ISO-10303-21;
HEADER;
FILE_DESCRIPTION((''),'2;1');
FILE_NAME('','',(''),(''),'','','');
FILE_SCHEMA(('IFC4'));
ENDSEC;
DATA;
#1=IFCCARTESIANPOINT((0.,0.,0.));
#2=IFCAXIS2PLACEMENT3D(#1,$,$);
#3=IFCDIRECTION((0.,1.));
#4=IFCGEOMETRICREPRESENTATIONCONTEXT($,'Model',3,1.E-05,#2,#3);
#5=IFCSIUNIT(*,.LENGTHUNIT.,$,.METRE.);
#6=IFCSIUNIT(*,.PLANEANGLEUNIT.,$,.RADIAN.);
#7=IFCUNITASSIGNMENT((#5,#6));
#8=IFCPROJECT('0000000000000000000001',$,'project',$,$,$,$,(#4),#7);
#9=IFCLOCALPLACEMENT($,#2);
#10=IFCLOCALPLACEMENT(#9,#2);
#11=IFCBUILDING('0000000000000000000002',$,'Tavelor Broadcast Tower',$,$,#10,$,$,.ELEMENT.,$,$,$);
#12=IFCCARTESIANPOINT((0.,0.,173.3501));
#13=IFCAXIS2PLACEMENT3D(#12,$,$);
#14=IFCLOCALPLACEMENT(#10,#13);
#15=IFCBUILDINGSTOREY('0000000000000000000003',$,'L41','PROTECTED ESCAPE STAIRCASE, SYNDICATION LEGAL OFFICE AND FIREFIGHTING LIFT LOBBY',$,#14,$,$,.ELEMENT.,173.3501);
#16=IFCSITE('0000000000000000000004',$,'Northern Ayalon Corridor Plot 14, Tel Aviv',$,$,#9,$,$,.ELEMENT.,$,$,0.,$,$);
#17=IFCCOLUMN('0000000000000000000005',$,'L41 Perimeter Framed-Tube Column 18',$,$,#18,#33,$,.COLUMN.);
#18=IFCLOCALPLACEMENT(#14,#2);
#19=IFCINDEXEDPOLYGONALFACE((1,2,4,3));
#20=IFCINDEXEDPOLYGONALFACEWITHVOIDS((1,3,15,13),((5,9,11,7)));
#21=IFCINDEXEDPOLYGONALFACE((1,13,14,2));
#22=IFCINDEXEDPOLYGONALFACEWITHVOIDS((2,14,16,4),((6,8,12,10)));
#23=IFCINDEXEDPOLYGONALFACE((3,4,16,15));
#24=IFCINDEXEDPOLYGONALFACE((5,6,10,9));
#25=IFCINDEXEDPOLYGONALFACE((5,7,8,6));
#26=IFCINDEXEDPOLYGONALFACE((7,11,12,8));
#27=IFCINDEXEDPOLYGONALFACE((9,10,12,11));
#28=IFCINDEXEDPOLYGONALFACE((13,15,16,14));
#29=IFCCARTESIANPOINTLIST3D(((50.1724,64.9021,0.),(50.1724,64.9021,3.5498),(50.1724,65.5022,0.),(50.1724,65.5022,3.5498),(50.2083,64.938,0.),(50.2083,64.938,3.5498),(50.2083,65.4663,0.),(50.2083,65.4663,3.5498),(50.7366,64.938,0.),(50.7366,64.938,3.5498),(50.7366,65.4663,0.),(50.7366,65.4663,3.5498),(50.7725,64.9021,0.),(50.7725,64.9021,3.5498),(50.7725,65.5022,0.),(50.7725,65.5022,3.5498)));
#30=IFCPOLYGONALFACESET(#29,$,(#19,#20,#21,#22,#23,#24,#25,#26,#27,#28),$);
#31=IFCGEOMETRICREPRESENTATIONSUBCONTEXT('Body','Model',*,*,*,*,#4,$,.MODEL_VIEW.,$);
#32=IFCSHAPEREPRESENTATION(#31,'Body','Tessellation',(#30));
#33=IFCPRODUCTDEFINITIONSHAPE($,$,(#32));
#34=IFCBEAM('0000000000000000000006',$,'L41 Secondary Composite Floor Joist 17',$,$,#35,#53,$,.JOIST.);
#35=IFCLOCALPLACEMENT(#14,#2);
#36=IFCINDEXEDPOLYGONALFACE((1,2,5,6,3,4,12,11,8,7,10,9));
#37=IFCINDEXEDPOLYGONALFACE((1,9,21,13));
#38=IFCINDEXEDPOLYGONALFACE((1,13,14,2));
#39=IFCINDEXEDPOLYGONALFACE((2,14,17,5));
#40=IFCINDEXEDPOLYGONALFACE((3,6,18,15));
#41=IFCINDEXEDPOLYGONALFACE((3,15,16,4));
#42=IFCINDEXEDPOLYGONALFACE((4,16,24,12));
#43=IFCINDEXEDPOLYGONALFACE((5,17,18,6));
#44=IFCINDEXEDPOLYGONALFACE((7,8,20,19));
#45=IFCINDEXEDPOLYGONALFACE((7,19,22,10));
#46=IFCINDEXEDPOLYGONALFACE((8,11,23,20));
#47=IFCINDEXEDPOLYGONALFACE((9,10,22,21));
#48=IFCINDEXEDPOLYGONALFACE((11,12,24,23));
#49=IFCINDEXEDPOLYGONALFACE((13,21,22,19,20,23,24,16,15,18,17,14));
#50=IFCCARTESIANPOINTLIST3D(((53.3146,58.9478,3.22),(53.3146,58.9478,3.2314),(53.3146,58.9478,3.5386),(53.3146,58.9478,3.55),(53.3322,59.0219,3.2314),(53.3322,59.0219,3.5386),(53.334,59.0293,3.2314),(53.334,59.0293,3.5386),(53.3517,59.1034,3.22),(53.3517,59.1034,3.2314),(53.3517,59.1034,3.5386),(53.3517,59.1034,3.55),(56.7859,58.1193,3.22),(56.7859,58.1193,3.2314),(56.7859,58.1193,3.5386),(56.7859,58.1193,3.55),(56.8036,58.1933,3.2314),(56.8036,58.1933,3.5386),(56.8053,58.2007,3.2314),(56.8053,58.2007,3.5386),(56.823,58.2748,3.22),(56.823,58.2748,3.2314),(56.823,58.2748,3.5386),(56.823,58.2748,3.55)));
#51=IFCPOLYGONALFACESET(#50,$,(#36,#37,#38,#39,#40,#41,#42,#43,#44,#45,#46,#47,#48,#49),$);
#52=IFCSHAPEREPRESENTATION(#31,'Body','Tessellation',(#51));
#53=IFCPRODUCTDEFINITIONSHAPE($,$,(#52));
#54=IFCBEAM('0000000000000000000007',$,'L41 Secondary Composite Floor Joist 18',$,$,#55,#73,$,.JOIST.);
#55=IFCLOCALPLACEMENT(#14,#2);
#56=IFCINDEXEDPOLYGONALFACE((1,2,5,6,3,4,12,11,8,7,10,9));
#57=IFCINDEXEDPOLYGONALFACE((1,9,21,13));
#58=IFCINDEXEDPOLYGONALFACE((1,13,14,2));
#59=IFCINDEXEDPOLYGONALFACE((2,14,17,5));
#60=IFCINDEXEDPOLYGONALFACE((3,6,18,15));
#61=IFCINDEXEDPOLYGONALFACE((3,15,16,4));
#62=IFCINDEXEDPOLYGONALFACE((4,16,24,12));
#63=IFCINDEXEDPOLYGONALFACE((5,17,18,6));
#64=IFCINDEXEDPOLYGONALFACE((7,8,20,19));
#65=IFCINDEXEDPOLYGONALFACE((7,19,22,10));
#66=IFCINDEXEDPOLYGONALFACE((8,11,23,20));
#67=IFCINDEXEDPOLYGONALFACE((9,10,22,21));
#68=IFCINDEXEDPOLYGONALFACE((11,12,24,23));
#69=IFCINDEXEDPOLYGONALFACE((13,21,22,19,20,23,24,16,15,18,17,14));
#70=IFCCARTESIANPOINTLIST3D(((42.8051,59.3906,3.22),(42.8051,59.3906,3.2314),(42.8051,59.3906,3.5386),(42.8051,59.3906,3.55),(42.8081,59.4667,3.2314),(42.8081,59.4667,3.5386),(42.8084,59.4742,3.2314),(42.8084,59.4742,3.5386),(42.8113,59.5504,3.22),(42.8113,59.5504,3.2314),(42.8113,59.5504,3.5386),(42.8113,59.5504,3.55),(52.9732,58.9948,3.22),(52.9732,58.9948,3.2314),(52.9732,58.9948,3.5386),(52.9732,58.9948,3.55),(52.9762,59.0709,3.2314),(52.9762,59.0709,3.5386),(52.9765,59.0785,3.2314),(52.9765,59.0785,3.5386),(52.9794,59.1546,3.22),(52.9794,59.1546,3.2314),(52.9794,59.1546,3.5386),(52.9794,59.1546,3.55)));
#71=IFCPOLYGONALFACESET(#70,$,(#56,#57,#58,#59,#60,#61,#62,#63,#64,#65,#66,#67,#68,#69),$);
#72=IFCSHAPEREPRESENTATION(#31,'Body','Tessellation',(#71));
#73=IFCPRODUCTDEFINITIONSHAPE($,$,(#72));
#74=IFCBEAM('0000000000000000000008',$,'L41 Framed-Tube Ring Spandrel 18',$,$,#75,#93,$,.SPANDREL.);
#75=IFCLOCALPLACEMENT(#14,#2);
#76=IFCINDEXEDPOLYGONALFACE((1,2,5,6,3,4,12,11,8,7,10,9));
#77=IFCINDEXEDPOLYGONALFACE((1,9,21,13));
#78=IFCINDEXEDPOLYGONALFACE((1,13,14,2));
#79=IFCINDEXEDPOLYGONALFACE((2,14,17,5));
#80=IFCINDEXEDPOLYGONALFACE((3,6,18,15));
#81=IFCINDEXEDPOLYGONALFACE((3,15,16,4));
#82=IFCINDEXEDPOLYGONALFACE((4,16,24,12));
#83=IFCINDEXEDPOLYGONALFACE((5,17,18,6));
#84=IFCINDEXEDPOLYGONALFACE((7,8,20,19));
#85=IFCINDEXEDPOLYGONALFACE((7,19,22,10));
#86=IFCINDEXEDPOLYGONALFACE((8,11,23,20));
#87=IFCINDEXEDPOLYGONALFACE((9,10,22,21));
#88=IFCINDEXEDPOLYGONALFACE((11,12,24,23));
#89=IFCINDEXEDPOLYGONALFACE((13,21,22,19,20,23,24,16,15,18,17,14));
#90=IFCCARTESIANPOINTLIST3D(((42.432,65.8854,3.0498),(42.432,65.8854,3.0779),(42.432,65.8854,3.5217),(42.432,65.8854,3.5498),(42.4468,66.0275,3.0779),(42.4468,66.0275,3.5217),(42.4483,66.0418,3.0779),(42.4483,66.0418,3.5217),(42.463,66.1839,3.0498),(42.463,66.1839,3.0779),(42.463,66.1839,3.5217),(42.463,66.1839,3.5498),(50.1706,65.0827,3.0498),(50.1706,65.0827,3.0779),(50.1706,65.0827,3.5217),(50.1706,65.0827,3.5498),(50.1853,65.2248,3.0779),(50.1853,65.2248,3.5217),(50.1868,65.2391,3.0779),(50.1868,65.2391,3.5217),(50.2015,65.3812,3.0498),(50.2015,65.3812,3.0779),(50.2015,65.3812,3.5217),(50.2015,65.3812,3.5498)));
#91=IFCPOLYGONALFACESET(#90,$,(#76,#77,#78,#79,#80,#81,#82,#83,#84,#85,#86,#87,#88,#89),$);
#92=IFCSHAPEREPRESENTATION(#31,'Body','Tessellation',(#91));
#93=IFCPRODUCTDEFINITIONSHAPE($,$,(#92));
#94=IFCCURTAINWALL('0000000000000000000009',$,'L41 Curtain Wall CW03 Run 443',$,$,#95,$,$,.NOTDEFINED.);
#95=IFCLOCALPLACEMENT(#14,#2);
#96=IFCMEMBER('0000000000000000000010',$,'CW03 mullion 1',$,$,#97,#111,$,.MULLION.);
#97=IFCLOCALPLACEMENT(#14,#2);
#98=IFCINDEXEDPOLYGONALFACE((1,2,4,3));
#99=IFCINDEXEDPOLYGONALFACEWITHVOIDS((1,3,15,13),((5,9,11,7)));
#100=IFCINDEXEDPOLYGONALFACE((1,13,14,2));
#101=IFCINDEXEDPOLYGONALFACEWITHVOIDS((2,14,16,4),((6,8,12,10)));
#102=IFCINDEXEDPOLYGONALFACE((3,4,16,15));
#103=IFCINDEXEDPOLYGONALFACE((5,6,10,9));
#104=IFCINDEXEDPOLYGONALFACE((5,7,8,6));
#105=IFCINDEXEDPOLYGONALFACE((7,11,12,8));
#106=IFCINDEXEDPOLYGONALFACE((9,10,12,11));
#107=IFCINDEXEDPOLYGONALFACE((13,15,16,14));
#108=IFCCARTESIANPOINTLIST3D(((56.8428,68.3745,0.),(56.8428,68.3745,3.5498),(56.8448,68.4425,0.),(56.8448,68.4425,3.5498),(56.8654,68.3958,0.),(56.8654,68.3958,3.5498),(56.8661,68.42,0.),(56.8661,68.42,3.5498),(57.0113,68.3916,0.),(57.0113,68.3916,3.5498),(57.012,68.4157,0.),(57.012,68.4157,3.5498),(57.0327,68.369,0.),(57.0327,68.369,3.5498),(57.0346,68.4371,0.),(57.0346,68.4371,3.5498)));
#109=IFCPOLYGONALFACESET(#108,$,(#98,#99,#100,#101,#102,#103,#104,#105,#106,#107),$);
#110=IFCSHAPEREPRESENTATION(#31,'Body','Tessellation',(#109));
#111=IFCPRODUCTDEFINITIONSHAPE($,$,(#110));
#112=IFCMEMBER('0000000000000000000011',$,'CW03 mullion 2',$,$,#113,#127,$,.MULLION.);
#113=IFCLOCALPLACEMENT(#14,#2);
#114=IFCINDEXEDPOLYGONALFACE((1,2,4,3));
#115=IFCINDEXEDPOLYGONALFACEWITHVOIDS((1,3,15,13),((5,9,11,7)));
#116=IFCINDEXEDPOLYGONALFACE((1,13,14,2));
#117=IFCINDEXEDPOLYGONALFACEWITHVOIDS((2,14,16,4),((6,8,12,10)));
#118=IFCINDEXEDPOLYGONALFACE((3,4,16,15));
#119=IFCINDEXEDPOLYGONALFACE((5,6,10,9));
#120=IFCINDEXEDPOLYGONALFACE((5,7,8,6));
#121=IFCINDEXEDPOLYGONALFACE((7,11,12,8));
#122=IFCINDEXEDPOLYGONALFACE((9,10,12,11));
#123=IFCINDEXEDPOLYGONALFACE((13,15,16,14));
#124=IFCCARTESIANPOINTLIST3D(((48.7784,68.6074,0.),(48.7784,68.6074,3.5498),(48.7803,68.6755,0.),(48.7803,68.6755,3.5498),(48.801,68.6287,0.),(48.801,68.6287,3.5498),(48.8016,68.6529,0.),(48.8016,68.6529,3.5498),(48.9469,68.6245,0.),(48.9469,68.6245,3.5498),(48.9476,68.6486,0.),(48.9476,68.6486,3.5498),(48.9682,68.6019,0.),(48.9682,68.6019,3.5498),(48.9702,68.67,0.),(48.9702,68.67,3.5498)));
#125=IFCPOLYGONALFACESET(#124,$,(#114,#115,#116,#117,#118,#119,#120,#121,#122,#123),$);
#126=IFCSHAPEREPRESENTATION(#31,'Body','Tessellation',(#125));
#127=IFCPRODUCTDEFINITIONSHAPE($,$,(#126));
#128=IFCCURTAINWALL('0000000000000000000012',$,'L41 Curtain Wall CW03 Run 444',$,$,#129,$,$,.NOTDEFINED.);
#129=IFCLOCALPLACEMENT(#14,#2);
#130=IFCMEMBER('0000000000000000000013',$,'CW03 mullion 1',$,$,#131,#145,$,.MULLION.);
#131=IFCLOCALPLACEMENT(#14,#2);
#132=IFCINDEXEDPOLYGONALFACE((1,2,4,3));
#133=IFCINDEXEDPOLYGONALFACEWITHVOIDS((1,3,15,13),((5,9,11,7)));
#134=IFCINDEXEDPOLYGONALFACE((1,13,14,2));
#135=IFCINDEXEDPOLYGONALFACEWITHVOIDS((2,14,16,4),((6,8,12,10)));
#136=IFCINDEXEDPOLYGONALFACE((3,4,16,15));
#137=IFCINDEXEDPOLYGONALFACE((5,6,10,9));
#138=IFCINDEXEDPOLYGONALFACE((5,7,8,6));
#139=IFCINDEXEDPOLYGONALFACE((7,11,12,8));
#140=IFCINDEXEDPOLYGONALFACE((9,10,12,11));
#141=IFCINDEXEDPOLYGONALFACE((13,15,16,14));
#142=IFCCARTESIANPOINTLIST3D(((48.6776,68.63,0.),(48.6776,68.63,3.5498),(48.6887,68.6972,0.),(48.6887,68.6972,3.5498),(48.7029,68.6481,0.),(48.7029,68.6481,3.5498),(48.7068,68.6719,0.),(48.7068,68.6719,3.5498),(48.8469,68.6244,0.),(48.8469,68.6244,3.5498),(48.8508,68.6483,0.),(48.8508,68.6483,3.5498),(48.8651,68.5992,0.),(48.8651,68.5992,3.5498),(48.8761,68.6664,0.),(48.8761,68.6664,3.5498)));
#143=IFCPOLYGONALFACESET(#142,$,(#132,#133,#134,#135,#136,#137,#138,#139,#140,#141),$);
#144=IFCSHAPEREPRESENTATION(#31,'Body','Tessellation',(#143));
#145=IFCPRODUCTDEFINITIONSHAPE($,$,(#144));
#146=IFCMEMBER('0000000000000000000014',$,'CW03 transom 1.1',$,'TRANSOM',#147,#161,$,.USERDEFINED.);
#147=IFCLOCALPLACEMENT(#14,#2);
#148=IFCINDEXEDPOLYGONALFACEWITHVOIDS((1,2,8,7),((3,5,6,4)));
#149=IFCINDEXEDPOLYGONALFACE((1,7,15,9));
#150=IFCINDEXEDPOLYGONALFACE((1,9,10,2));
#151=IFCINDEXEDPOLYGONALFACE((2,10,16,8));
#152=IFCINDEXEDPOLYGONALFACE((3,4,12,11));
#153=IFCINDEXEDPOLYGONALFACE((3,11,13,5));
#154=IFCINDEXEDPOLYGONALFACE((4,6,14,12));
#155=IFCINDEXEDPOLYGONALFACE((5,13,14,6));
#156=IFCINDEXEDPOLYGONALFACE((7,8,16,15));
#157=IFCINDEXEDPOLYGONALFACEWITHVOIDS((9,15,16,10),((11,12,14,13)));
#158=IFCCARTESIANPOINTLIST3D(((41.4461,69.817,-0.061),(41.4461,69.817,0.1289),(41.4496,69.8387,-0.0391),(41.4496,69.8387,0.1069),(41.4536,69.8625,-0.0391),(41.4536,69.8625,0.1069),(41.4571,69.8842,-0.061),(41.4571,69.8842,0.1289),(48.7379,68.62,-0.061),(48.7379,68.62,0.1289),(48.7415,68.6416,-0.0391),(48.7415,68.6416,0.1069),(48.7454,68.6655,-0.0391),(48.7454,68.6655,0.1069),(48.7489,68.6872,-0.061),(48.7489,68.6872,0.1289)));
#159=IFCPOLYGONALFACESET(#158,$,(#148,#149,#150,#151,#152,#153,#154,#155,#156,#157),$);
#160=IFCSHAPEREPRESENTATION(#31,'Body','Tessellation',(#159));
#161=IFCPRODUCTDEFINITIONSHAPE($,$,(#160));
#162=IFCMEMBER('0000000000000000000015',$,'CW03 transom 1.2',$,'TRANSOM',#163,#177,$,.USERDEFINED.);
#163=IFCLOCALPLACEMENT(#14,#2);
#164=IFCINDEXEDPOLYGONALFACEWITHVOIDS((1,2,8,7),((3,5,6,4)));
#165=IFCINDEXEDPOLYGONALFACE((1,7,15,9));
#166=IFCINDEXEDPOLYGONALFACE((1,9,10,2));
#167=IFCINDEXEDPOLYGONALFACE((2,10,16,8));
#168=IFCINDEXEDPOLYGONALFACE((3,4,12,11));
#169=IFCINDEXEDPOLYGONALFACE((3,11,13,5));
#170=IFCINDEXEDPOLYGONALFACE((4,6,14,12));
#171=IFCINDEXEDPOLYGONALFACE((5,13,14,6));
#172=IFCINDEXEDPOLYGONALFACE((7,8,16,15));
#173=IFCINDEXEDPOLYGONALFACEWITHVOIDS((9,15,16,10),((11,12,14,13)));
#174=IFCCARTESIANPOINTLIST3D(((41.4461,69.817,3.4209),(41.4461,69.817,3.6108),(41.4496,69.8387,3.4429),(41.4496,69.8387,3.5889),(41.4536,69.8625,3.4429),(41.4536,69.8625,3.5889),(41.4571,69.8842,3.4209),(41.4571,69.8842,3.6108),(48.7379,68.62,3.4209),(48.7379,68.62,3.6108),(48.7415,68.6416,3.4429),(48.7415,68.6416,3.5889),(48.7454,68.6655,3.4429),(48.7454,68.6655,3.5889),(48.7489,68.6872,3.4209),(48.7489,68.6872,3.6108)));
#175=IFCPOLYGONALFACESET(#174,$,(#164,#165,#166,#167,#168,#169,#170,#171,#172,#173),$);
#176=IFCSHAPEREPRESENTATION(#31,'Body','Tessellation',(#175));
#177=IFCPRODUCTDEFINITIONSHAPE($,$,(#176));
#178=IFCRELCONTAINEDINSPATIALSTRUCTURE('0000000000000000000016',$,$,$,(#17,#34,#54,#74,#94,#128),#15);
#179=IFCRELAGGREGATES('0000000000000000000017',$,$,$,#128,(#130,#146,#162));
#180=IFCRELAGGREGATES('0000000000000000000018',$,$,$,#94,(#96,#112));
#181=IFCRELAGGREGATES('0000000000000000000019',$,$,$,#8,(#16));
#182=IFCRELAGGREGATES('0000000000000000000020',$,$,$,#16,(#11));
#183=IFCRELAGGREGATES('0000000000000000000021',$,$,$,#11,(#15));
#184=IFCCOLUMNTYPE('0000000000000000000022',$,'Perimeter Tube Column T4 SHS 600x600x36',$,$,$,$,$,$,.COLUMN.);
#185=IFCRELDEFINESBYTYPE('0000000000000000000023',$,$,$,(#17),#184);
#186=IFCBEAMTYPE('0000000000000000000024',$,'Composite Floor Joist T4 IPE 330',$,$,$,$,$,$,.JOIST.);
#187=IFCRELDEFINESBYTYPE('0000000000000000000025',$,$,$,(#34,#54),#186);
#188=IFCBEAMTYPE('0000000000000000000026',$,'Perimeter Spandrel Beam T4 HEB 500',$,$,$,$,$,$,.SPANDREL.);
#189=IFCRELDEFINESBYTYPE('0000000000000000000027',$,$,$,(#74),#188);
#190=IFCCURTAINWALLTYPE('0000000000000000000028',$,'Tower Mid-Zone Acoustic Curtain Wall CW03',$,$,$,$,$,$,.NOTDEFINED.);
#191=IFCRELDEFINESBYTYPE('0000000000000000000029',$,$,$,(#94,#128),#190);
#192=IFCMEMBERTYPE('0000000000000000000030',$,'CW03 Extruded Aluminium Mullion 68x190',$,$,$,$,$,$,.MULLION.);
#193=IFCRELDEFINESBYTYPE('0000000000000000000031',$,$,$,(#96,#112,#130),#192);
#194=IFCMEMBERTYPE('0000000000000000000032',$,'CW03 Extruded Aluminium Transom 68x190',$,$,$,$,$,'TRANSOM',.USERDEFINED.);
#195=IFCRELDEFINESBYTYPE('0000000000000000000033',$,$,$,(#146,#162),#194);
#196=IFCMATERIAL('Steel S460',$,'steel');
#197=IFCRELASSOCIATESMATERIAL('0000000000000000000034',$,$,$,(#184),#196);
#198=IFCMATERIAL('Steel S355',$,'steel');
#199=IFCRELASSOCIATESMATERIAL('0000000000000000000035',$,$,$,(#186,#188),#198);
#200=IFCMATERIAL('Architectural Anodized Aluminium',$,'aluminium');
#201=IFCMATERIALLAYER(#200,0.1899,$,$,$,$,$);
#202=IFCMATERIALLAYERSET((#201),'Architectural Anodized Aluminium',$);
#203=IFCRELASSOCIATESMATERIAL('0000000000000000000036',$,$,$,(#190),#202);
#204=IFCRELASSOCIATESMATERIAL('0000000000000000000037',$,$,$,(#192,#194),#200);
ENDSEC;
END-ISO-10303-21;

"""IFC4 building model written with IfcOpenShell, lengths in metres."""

from ifc_helpers import new_model, si_unit, direction, frame, origin, origin_2d, place, context, subcontext, project, spatial, hollow_rectangle, i_section, extrude, source, transform, mapped, material, layer, layer_set, material_profile, profile_set, type_object, type_shapes, element, aggregate, save


model = new_model("IFC4")

# Units and contexts
model_context = context("Model", 3, precision=1e-05, world=origin(), true_north=direction((0.0, 1.0)))
body_context = subcontext(model_context, "Body", "Model", "MODEL_VIEW")
ifc_project = project(units=[si_unit("LENGTHUNIT", "METRE"), si_unit("PLANEANGLEUNIT", "RADIAN")], contexts=[model_context])

# Site, building, storey
site_placement = place(None, origin())
site = spatial("IfcSite", under=ifc_project, at=site_placement, Name="Northern Ayalon Corridor Plot 14, Tel Aviv", CompositionType="ELEMENT", RefElevation=0.0)
building_placement = place(site_placement, origin())
building = spatial("IfcBuilding", under=site, at=building_placement, Name="Tavelor Broadcast Tower", CompositionType="ELEMENT")
storey_placement = place(building_placement, frame((0.0, 0.0, 173.3501)))
storey = spatial("IfcBuildingStorey", under=building, at=storey_placement, Name="L41", Description="PROTECTED ESCAPE STAIRCASE, SYNDICATION LEGAL OFFICE AND FIREFIGHTING LIFT LOBBY", CompositionType="ELEMENT", Elevation=173.3501)

# Column
ifc_material_1 = material(Name="Steel S460", Category="steel")
ifc_material_profile_1 = material_profile(ifc_material_1, hollow_rectangle(XDim=0.6001, YDim=0.6001, WallThickness=0.0359, at=origin_2d()), Name="SHS 600x600x36")
ifc_profile_set_1 = profile_set([ifc_material_profile_1], Name="Steel S460")
column_type = type_object("IfcColumnType", Name="Perimeter Tube Column T4 SHS 600x600x36", PredefinedType="COLUMN", material=ifc_profile_set_1)
column_placement = place(storey_placement, frame((50.4724, 65.2021, 0.0), z_axis=(0.0, 0.0, 1.0), x_axis=(1.0, 0.0, 0.0)))
element("IfcColumn", 1, at=column_placement, inside=storey, type_object=column_type, Name="L41 Perimeter Framed-Tube Column 18", PredefinedType="COLUMN", context=body_context, shape_type="SweptSolid", body=[
    extrude(hollow_rectangle(XDim=0.6001, YDim=0.6001, WallThickness=0.0359, at=origin_2d()), origin(), (0.0, 0.0, 1.0), 3.5498),
])

# Beams
ifc_material_2 = material(Name="Steel S355", Category="steel")
ifc_material_profile_2 = material_profile(ifc_material_2, i_section(OverallWidth=0.1599, OverallDepth=0.3301, WebThickness=0.0076, FlangeThickness=0.0115, at=origin_2d()), Name="IPE 330")
ifc_profile_set_2 = profile_set([ifc_material_profile_2], Name="Steel S355")
beam_type_1 = type_object("IfcBeamType", Name="Composite Floor Joist T4 IPE 330", PredefinedType="JOIST", material=ifc_profile_set_2)
beam_1_placement = place(storey_placement, frame((56.8044, 58.197, 3.385), z_axis=(-0.972675, 0.232172, 0.0), x_axis=(-0.232172, -0.972675, 0.0)))
element("IfcBeam", 2, at=beam_1_placement, inside=storey, type_object=beam_type_1, Name="L41 Secondary Composite Floor Joist 17", PredefinedType="JOIST", context=body_context, shape_type="SweptSolid", body=[
    extrude(i_section(OverallWidth=0.1599, OverallDepth=0.3301, WebThickness=0.0076, FlangeThickness=0.0115, at=origin_2d()), origin(), (0.0, 0.0, 1.0), 3.5688),
])
beam_2_placement = place(storey_placement, frame((52.9763, 59.0747, 3.385), z_axis=(-0.999243, 0.038892, 0.0), x_axis=(-0.038892, -0.999243, 0.0)))
element("IfcBeam", 3, at=beam_2_placement, inside=storey, type_object=beam_type_1, Name="L41 Secondary Composite Floor Joist 18", PredefinedType="JOIST", context=body_context, shape_type="SweptSolid", body=[
    extrude(i_section(OverallWidth=0.1599, OverallDepth=0.3301, WebThickness=0.0076, FlangeThickness=0.0115, at=origin_2d()), origin(), (0.0, 0.0, 1.0), 10.1758),
])
ifc_material_profile_3 = material_profile(ifc_material_2, i_section(OverallWidth=0.3, OverallDepth=0.5, WebThickness=0.0144, FlangeThickness=0.0281, at=origin_2d()), Name="HEB 500")
ifc_profile_set_3 = profile_set([ifc_material_profile_3], Name="Steel S355")
beam_type_2 = type_object("IfcBeamType", Name="Perimeter Spandrel Beam T4 HEB 500", PredefinedType="SPANDREL", material=ifc_profile_set_3)
beam_3_placement = place(storey_placement, frame((50.186, 65.2319, 3.2998), z_axis=(-0.994663, 0.103179, 0.0), x_axis=(-0.103179, -0.994663, 0.0)))
element("IfcBeam", 4, at=beam_3_placement, inside=storey, type_object=beam_type_2, Name="L41 Framed-Tube Ring Spandrel 18", PredefinedType="SPANDREL", context=body_context, shape_type="SweptSolid", body=[
    extrude(i_section(OverallWidth=0.3, OverallDepth=0.5, WebThickness=0.0144, FlangeThickness=0.0281, at=origin_2d()), origin(), (0.0, 0.0, 1.0), 7.78),
])

# Curtain walls, members
ifc_material_3 = material(Name="Architectural Anodized Aluminium", Category="aluminium")
ifc_layer_1 = layer(ifc_material_3, 0.1899)
ifc_layer_set_1 = layer_set([ifc_layer_1], Name="Architectural Anodized Aluminium")
curtain_wall_type = type_object("IfcCurtainWallType", Name="Tower Mid-Zone Acoustic Curtain Wall CW03", PredefinedType="NOTDEFINED", material=ifc_layer_set_1)
curtain_wall_1_placement = place(storey_placement, origin())
curtain_wall_1 = element("IfcCurtainWall", 5, at=curtain_wall_1_placement, inside=storey, type_object=curtain_wall_type, Name="L41 Curtain Wall CW03 Run 443", PredefinedType="NOTDEFINED")
ifc_material_profile_4 = material_profile(ifc_material_3, hollow_rectangle(XDim=0.0681, YDim=0.1899, WallThickness=0.022, at=origin_2d()), Name="RHS 68x190x22")
ifc_profile_set_4 = profile_set([ifc_material_profile_4], Name="Architectural Anodized Aluminium")
member_type_1 = type_object("IfcMemberType", Name="CW03 Extruded Aluminium Mullion 68x190", PredefinedType="MULLION", material=ifc_profile_set_4)
shared_shape_1 = source(origin(), body_context, "Body", "SweptSolid", [
    extrude(hollow_rectangle(XDim=0.0681, YDim=0.1899, WallThickness=0.022, at=origin_2d()), origin(), (0.0, 0.0, 1.0), 3.5498),
])
type_shapes(member_type_1, [shared_shape_1])
member_1_placement = place(storey_placement, frame((56.9387, 68.4058, 0.0), z_axis=(0.0, 0.0, 1.0), x_axis=(-0.028884, -0.999583, 0.0)))
member_1 = element("IfcMember", 6, at=member_1_placement, type_object=member_type_1, Name="CW03 mullion 1", PredefinedType="MULLION", context=body_context, shape_type="MappedRepresentation", body=[
    mapped(shared_shape_1, transform((0.0, 0.0, 0.0), scale=1.0)),
])
member_2_placement = place(storey_placement, frame((48.8743, 68.6387, 0.0), z_axis=(0.0, 0.0, 1.0), x_axis=(-0.028884, -0.999583, 0.0)))
member_2 = element("IfcMember", 7, at=member_2_placement, type_object=member_type_1, Name="CW03 mullion 2", PredefinedType="MULLION", context=body_context, shape_type="MappedRepresentation", body=[
    mapped(shared_shape_1, transform((0.0, 0.0, 0.0), scale=1.0)),
])
curtain_wall_2_placement = place(storey_placement, origin())
curtain_wall_2 = element("IfcCurtainWall", 8, at=curtain_wall_2_placement, inside=storey, type_object=curtain_wall_type, Name="L41 Curtain Wall CW03 Run 444", PredefinedType="NOTDEFINED")
member_3_placement = place(storey_placement, frame((48.7769, 68.6482, 0.0), z_axis=(0.0, 0.0, 1.0), x_axis=(-0.162002, -0.98679, 0.0)))
member_3 = element("IfcMember", 9, at=member_3_placement, type_object=member_type_1, Name="CW03 mullion 1", PredefinedType="MULLION", context=body_context, shape_type="MappedRepresentation", body=[
    mapped(shared_shape_1, transform((0.0, 0.0, 0.0), scale=1.0)),
])
ifc_material_profile_5 = material_profile(ifc_material_3, hollow_rectangle(XDim=0.0681, YDim=0.1899, WallThickness=0.022, at=origin_2d()), Name="RHS 68x190x22")
ifc_profile_set_5 = profile_set([ifc_material_profile_5], Name="Architectural Anodized Aluminium")
member_type_2 = type_object("IfcMemberType", Name="CW03 Extruded Aluminium Transom 68x190", ElementType="TRANSOM", PredefinedType="USERDEFINED", material=ifc_profile_set_5)
shared_shape_2 = source(origin(), body_context, "Body", "SweptSolid", [
    extrude(hollow_rectangle(XDim=0.0681, YDim=0.1899, WallThickness=0.022, at=origin_2d()), origin(), (0.0, 0.0, 1.0), 7.3894),
])
member_4_placement = place(storey_placement, frame((48.7434, 68.6536, 0.0339), z_axis=(-0.986792, 0.161993, 0.0), x_axis=(-0.161993, -0.986792, 0.0)))
member_4 = element("IfcMember", 10, at=member_4_placement, type_object=member_type_2, Name="CW03 transom 1.1", ObjectType="TRANSOM", PredefinedType="USERDEFINED", context=body_context, shape_type="MappedRepresentation", body=[
    mapped(shared_shape_2, transform((0.0, 0.0, 0.0), scale=1.0)),
])
member_5_placement = place(storey_placement, frame((48.7434, 68.6536, 3.5159), z_axis=(-0.986792, 0.161993, 0.0), x_axis=(-0.161993, -0.986792, 0.0)))
member_5 = element("IfcMember", 11, at=member_5_placement, type_object=member_type_2, Name="CW03 transom 1.2", ObjectType="TRANSOM", PredefinedType="USERDEFINED", context=body_context, shape_type="MappedRepresentation", body=[
    mapped(shared_shape_2, transform((0.0, 0.0, 0.0), scale=1.0)),
])

aggregate(curtain_wall_2, [member_3, member_4, member_5])
aggregate(curtain_wall_1, [member_1, member_2])

save(model, "model.ifc")
